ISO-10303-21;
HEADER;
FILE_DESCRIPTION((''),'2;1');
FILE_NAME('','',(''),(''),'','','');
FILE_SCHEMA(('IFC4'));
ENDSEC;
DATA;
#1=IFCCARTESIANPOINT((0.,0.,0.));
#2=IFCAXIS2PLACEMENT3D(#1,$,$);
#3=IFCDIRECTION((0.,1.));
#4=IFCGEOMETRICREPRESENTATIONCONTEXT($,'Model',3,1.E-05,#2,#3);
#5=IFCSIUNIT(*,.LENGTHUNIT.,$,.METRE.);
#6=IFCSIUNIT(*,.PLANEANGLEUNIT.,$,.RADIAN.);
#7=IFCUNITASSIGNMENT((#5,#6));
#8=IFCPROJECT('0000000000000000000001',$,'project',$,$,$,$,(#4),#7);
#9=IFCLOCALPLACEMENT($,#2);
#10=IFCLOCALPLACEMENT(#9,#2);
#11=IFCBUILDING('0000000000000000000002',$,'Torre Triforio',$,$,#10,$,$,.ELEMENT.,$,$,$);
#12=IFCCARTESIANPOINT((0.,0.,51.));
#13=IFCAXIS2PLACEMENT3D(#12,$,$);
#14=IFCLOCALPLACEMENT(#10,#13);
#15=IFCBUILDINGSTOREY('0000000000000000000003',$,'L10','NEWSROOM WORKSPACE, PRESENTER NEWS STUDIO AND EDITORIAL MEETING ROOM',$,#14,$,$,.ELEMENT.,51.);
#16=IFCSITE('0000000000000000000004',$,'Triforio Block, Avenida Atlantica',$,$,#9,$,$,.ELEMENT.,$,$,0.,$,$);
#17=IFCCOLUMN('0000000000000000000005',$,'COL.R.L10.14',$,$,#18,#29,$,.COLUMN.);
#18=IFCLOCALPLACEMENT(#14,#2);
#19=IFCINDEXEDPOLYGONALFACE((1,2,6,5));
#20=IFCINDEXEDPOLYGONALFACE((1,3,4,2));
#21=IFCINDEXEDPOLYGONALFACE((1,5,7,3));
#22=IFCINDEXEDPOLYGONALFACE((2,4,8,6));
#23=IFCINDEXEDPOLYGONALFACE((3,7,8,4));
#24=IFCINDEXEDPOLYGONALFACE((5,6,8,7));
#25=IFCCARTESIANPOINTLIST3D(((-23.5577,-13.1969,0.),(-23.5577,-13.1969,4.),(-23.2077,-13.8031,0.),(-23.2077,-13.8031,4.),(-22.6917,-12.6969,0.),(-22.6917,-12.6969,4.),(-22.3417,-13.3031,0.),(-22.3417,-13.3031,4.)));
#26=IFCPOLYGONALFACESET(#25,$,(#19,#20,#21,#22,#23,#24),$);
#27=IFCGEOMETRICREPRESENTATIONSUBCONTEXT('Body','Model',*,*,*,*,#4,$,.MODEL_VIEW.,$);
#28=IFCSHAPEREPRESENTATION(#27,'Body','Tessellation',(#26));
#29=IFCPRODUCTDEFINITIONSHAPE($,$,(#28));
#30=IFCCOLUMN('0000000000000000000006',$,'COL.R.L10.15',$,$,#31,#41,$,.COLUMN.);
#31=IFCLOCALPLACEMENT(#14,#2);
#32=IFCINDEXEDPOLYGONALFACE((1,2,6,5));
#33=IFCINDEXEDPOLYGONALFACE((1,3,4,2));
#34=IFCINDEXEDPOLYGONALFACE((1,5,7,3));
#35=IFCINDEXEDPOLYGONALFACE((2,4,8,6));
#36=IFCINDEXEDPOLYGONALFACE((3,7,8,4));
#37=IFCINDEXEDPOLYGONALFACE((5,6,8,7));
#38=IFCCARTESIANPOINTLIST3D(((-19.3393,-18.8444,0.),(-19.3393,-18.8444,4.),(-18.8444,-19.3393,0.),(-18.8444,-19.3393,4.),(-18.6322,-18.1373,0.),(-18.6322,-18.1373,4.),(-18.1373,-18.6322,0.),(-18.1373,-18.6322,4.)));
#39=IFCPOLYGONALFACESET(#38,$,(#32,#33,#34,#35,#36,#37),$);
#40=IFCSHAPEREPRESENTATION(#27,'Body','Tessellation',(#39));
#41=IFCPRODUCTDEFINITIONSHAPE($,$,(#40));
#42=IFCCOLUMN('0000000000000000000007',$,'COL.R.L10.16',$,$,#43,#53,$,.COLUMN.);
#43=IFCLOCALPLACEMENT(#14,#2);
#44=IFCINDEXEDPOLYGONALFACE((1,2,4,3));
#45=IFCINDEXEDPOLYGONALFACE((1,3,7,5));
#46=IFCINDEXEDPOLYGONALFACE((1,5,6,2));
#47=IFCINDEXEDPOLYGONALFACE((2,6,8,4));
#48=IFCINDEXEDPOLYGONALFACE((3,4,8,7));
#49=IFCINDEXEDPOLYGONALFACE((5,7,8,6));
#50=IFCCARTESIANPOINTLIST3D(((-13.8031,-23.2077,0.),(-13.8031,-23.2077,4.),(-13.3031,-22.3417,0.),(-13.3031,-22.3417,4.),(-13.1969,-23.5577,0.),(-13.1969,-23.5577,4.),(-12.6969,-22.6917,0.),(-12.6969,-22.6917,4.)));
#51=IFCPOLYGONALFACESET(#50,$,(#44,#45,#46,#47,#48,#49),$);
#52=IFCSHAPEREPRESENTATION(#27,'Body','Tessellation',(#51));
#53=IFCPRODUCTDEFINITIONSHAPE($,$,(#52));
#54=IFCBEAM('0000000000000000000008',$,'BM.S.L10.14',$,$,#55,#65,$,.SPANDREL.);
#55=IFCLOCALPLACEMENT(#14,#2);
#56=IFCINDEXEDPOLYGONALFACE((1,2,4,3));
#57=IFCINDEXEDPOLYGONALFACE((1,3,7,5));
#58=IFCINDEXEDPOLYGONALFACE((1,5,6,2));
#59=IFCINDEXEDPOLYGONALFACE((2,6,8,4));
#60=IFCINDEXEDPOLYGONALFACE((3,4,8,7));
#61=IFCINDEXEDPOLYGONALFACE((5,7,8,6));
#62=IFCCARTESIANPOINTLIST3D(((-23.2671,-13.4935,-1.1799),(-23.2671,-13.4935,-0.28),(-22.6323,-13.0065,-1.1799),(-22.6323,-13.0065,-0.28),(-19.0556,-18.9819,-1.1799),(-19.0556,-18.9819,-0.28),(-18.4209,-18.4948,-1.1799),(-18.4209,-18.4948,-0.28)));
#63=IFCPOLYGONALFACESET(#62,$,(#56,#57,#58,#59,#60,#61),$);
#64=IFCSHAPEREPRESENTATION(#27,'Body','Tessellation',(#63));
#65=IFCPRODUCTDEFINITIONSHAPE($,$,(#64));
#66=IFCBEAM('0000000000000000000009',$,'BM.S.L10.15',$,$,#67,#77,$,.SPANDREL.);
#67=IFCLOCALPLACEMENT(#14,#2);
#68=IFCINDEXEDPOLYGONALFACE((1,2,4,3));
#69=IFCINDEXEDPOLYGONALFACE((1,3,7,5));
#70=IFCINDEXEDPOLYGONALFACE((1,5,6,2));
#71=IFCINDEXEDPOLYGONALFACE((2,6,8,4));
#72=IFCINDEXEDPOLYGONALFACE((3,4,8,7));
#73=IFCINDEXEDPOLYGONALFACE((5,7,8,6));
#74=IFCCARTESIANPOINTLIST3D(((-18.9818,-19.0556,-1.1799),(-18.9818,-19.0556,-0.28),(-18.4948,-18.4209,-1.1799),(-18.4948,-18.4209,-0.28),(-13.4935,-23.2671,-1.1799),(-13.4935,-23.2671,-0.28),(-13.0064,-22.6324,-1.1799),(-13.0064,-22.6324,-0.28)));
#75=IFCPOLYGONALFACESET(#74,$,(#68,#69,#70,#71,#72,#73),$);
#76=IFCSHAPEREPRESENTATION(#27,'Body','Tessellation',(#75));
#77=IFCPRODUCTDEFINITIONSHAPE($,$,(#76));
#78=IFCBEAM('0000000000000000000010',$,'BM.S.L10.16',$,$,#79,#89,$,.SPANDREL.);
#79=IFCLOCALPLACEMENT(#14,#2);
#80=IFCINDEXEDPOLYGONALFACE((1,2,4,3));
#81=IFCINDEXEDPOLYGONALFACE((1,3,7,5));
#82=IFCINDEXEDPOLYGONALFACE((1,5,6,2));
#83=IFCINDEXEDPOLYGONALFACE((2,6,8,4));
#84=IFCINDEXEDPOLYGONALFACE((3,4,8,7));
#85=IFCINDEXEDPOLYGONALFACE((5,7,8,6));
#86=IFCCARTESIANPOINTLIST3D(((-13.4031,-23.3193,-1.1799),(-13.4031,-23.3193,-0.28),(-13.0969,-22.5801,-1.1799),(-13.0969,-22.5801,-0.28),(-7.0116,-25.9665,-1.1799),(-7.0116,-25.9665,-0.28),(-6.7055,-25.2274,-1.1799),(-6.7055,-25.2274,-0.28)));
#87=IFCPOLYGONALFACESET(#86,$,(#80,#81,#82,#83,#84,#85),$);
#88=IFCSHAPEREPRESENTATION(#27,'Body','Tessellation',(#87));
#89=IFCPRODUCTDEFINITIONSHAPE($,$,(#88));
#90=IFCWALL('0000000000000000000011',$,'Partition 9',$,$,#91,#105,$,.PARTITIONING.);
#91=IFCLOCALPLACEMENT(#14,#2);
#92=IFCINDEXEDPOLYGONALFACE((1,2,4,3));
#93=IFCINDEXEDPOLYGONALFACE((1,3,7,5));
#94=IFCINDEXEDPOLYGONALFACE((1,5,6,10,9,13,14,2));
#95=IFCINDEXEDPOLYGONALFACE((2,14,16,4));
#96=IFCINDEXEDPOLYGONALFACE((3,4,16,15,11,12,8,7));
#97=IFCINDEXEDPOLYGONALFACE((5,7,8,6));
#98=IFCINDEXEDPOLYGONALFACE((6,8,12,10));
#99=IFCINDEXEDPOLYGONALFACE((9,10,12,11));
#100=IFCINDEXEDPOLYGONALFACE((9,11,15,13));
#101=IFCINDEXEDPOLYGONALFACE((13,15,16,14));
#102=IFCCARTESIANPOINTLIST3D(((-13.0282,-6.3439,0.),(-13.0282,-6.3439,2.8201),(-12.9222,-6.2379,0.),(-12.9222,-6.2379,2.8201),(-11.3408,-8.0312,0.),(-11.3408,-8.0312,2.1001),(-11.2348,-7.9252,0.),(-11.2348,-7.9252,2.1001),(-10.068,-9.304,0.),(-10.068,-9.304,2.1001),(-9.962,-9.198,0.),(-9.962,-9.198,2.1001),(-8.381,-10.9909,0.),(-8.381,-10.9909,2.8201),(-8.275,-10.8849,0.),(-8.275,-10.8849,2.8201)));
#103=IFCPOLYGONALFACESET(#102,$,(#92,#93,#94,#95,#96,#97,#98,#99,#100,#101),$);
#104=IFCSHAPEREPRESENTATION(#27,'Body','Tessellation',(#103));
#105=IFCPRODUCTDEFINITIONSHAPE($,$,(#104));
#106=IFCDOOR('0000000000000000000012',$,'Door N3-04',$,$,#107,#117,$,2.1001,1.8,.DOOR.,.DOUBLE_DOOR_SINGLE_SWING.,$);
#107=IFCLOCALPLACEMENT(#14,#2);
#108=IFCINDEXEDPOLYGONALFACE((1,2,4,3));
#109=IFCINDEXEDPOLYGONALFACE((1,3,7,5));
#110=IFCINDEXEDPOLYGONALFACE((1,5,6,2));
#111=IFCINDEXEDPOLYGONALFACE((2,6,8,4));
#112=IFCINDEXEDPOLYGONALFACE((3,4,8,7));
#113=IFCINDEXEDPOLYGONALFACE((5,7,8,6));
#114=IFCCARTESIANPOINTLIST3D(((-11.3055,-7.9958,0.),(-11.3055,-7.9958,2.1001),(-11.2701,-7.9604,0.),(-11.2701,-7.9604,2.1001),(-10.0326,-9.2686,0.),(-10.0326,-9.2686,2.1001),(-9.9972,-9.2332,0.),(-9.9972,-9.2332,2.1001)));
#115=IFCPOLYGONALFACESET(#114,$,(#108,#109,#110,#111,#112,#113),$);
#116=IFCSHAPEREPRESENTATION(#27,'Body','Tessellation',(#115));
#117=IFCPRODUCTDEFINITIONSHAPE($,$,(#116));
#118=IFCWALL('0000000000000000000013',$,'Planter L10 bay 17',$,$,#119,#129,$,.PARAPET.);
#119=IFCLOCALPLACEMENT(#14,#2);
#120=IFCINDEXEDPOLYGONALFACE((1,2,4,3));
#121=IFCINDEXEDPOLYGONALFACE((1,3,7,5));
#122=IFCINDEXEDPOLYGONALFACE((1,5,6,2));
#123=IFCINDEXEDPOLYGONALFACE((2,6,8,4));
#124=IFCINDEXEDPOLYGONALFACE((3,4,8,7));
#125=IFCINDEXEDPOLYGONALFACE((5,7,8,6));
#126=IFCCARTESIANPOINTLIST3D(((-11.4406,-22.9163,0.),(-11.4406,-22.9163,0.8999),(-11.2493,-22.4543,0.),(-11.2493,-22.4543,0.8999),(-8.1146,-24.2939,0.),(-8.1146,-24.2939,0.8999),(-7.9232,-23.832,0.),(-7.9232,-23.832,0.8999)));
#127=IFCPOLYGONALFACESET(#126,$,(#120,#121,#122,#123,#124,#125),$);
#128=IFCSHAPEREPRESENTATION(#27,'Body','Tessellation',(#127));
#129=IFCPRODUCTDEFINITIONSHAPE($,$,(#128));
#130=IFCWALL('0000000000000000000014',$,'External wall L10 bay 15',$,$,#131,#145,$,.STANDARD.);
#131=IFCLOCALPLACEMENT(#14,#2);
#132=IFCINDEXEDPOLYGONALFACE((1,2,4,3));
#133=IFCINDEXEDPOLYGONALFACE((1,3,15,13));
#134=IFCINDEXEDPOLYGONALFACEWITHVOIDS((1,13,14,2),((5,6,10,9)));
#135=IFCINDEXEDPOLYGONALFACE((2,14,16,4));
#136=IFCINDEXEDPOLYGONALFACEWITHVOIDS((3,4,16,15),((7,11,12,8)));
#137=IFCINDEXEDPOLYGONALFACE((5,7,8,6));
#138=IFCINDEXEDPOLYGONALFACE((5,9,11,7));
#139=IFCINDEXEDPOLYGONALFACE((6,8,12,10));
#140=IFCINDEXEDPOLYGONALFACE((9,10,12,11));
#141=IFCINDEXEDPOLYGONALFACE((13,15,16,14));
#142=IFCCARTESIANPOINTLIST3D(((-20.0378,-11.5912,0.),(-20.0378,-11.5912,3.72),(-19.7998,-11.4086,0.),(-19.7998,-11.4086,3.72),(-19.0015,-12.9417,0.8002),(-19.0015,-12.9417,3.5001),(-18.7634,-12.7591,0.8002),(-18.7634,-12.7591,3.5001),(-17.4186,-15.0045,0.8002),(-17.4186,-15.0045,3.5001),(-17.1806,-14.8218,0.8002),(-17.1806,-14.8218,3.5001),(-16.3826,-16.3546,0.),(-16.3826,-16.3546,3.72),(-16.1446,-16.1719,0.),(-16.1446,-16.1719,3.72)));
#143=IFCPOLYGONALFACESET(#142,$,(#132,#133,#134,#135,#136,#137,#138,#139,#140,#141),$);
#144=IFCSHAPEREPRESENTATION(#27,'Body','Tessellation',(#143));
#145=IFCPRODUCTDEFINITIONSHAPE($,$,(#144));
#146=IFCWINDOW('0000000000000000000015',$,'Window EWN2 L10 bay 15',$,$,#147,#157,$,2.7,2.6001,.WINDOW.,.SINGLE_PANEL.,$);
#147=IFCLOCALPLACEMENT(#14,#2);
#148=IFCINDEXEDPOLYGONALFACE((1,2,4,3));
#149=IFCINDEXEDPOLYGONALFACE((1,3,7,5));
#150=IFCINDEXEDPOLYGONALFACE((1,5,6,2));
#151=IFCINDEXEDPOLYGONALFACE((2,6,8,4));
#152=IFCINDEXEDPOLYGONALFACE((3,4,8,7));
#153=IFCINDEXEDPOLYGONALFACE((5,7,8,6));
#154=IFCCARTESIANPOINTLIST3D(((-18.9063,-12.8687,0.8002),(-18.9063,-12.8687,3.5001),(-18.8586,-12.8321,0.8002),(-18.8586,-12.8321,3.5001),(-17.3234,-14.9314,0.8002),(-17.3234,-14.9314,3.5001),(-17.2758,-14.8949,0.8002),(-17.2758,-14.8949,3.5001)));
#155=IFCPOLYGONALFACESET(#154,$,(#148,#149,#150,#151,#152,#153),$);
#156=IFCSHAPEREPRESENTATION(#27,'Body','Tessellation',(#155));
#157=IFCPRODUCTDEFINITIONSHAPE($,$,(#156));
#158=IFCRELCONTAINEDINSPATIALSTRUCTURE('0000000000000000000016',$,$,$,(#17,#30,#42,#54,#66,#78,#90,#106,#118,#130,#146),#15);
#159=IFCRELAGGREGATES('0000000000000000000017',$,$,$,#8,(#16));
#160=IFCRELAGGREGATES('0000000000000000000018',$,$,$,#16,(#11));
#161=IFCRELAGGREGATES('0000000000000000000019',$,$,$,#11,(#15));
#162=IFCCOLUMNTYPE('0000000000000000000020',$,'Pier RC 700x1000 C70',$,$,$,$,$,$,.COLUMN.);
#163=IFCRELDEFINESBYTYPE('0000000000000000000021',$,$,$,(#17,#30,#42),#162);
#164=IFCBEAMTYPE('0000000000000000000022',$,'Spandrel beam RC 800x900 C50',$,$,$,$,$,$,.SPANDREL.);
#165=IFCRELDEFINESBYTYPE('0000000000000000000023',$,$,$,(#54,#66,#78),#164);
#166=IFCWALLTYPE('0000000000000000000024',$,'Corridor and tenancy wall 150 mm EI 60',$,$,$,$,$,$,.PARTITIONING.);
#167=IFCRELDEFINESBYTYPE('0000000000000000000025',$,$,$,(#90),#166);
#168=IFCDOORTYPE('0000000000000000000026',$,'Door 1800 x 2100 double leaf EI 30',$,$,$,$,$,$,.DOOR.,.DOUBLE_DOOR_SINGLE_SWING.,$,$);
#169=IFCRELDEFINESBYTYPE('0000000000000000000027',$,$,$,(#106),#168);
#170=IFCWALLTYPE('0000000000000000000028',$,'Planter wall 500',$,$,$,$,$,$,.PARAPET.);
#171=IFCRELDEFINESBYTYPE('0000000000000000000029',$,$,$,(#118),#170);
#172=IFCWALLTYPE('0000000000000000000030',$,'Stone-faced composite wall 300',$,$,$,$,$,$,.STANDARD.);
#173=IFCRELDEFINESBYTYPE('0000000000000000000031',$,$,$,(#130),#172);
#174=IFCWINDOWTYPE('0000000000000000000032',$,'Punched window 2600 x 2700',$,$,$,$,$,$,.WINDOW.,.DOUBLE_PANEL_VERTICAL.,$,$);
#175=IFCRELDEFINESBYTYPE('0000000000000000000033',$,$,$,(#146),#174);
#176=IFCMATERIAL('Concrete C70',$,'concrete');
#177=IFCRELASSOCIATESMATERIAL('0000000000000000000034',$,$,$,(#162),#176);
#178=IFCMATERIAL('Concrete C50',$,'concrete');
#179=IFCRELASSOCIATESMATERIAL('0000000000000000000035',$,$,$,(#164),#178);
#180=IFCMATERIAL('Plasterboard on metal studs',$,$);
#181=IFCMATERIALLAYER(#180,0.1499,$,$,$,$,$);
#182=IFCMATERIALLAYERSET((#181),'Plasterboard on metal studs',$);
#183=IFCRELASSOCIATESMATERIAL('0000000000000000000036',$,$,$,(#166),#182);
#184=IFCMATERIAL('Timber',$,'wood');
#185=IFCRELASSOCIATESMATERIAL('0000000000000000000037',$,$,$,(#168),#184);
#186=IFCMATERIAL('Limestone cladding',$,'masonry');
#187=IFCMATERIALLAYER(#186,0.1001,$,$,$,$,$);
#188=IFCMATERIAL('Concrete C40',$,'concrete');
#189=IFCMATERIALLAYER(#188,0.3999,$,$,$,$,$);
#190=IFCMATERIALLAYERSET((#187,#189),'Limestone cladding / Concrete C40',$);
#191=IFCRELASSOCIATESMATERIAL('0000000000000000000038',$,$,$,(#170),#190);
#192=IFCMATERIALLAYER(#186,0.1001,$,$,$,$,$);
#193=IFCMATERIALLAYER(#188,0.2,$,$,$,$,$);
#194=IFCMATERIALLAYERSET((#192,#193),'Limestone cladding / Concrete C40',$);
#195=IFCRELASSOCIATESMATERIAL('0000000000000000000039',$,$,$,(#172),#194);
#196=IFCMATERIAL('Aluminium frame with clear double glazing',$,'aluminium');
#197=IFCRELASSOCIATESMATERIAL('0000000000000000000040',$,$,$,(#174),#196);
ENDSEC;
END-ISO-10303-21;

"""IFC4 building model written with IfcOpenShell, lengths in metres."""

from ifc_helpers import new_model, si_unit, direction, frame, frame_2d, origin, origin_2d, place, context, subcontext, project, spatial, rectangle, extrude, material, layer, layer_set, material_profile, profile_set, type_object, element, fill, save


model = new_model("IFC4")

# Units and contexts
model_context = context("Model", 3, precision=1e-05, world=origin(), true_north=direction((0.0, 1.0)))
body_context = subcontext(model_context, "Body", "Model", "MODEL_VIEW")
ifc_project = project(units=[si_unit("LENGTHUNIT", "METRE"), si_unit("PLANEANGLEUNIT", "RADIAN")], contexts=[model_context])

# Site, building, storey
site_placement = place(None, origin())
site = spatial("IfcSite", under=ifc_project, at=site_placement, Name="Triforio Block, Avenida Atlantica", CompositionType="ELEMENT", RefElevation=0.0)
building_placement = place(site_placement, origin())
building = spatial("IfcBuilding", under=site, at=building_placement, Name="Torre Triforio", CompositionType="ELEMENT")
storey_placement = place(building_placement, frame((0.0, 0.0, 51.0)))
storey = spatial("IfcBuildingStorey", under=building, at=storey_placement, Name="L10", Description="NEWSROOM WORKSPACE, PRESENTER NEWS STUDIO AND EDITORIAL MEETING ROOM", CompositionType="ELEMENT", Elevation=51.0)

# Columns
ifc_material_1 = material(Name="Concrete C70", Category="concrete")
ifc_material_profile_1 = material_profile(ifc_material_1, rectangle(XDim=0.7, YDim=1.0, at=origin_2d()), Name="RC 700x1000")
ifc_profile_set_1 = profile_set([ifc_material_profile_1], Name="Concrete C70")
column_type = type_object("IfcColumnType", Name="Pier RC 700x1000 C70", PredefinedType="COLUMN", material=ifc_profile_set_1)
for number, where, z_axis, x_axis, name in (
    (1, (-22.9497, -13.25, 0.0), (0.0, 0.0, 1.0), (0.5, -0.866025, 0.0), "COL.R.L10.14"),
    (2, (-18.7383, -18.7383, 0.0), (0.0, 0.0, 1.0), (0.707107, -0.707107, 0.0), "COL.R.L10.15"),
    (3, (-13.25, -22.9497, 0.0), (0.0, 0.0, 1.0), (0.866025, -0.5, 0.0), "COL.R.L10.16"),
):
    element("IfcColumn", number, at=place(storey_placement, frame(where, z_axis=z_axis, x_axis=x_axis)), inside=storey, type_object=column_type, Name=name, PredefinedType="COLUMN", context=body_context, shape_type="SweptSolid", body=[
        extrude(rectangle(XDim=0.7, YDim=1.0, at=origin_2d()), origin(), (0.0, 0.0, 1.0), 4.0),
    ])

# Beams
ifc_material_2 = material(Name="Concrete C50", Category="concrete")
ifc_material_profile_2 = material_profile(ifc_material_2, rectangle(XDim=0.8, YDim=0.8999, at=origin_2d()), Name="RC 800x900")
ifc_profile_set_2 = profile_set([ifc_material_profile_2], Name="Concrete C50")
beam_type = type_object("IfcBeamType", Name="Spandrel beam RC 800x900 C50", PredefinedType="SPANDREL", material=ifc_profile_set_2)
for number, where, z_axis, x_axis, name in (
    (4, (-22.9497, -13.25, -0.73), (0.608772, -0.793345, 0.0), (0.793345, 0.608772, 0.0), "BM.S.L10.14"),
    (5, (-18.7383, -18.7383, -0.73), (0.793345, -0.608772, 0.0), (0.608772, 0.793345, 0.0), "BM.S.L10.15"),
    (6, (-13.25, -22.9497, -0.73), (0.923888, -0.382662, 0.0), (0.382662, 0.923888, 0.0), "BM.S.L10.16"),
):
    element("IfcBeam", number, at=place(storey_placement, frame(where, z_axis=z_axis, x_axis=x_axis)), inside=storey, type_object=beam_type, Name=name, PredefinedType="SPANDREL", context=body_context, shape_type="SweptSolid", body=[
        extrude(rectangle(XDim=0.8, YDim=0.8999, at=origin_2d()), origin(), (0.0, 0.0, 1.0), 6.918),
    ])

# Wall, opening, door
ifc_material_3 = material(Name="Plasterboard on metal studs")
ifc_layer_1 = layer(ifc_material_3, 0.1499)
ifc_layer_set_1 = layer_set([ifc_layer_1], Name="Plasterboard on metal studs")
wall_type_1 = type_object("IfcWallType", Name="Corridor and tenancy wall 150 mm EI 60", PredefinedType="PARTITIONING", material=ifc_layer_set_1)
wall_1_placement = place(storey_placement, frame((-8.3279, -10.938, 0.0), z_axis=(0.0, 0.0, 1.0), x_axis=(-0.707125, 0.707088, 0.0)))
wall_1 = element("IfcWall", 7, at=wall_1_placement, inside=storey, type_object=wall_type_1, Name="Partition 9", PredefinedType="PARTITIONING", context=body_context, shape_type="SweptSolid", body=[
    extrude(rectangle(XDim=6.572, YDim=0.1499, at=frame_2d((3.2861, 0.0))), origin(), (0.0, 0.0, 1.0), 2.8201),
])
opening_1_placement = place(wall_1_placement, frame((2.386, 0.0, 0.0)))
opening_1 = element("IfcOpeningElement", 8, at=opening_1_placement, cuts=wall_1, PredefinedType="OPENING", context=body_context, shape_type="SweptSolid", body=[
    extrude(rectangle(XDim=1.8, YDim=2.1001, at=frame_2d((0.8999, 1.05))), frame((0.0, 0.085, 0.0), z_axis=(0.0, -1.0, 0.0), x_axis=(1.0, 0.0, 0.0)), (0.0, 0.0, 1.0), 0.1699),
])
ifc_material_4 = material(Name="Timber", Category="wood")
door_type_1 = type_object("IfcDoorType", Name="Door 1800 x 2100 double leaf EI 30", OperationType="DOUBLE_DOOR_SINGLE_SWING", PredefinedType="DOOR", material=ifc_material_4)
door_1_placement = place(opening_1_placement, origin())
door_1 = element("IfcDoor", 9, at=door_1_placement, inside=storey, type_object=door_type_1, Name="Door N3-04", OperationType="DOUBLE_DOOR_SINGLE_SWING", OverallHeight=2.1001, OverallWidth=1.8, PredefinedType="DOOR", context=body_context, shape_type="SweptSolid", body=[
    extrude(rectangle(XDim=1.8, YDim=2.1001, at=frame_2d((0.8999, 1.05))), frame((0.0, 0.0249, 0.0), z_axis=(0.0, -1.0, 0.0), x_axis=(1.0, 0.0, 0.0)), (0.0, 0.0, 1.0), 0.05),
])
fill(opening_1, door_1)

# Wall
ifc_material_5 = material(Name="Limestone cladding", Category="masonry")
ifc_layer_2 = layer(ifc_material_5, 0.1001)
ifc_material_6 = material(Name="Concrete C40", Category="concrete")
ifc_layer_3 = layer(ifc_material_6, 0.3999)
ifc_layer_set_2 = layer_set([ifc_layer_2, ifc_layer_3], Name="Limestone cladding / Concrete C40")
wall_type_2 = type_object("IfcWallType", Name="Planter wall 500", PredefinedType="PARAPET", material=ifc_layer_set_2)
wall_2_placement = place(storey_placement, frame((-11.345, -22.6853, 0.0), z_axis=(0.0, 0.0, 1.0), x_axis=(0.923885, -0.382669, 0.0)))
element("IfcWall", 10, at=wall_2_placement, inside=storey, type_object=wall_type_2, Name="Planter L10 bay 17", PredefinedType="PARAPET", context=body_context, shape_type="SweptSolid", body=[
    extrude(rectangle(XDim=3.6001, YDim=0.5, at=frame_2d((1.8, 0.0))), origin(), (0.0, 0.0, 1.0), 0.8999),
])

# Wall, opening, window
ifc_layer_4 = layer(ifc_material_5, 0.1001)
ifc_layer_5 = layer(ifc_material_6, 0.2)
ifc_layer_set_3 = layer_set([ifc_layer_4, ifc_layer_5], Name="Limestone cladding / Concrete C40")
wall_type_3 = type_object("IfcWallType", Name="Stone-faced composite wall 300", PredefinedType="STANDARD", material=ifc_layer_set_3)
wall_3_placement = place(storey_placement, frame((-19.9187, -11.5, 0.0), z_axis=(0.0, 0.0, 1.0), x_axis=(0.608779, -0.79334, 0.0)))
wall_3 = element("IfcWall", 11, at=wall_3_placement, inside=storey, type_object=wall_type_3, Name="External wall L10 bay 15", PredefinedType="STANDARD", context=body_context, shape_type="SweptSolid", body=[
    extrude(rectangle(XDim=6.0042, YDim=0.3, at=frame_2d((3.002, 0.0))), origin(), (0.0, 0.0, 1.0), 3.72),
])
opening_2_placement = place(wall_3_placement, frame((1.7021, 0.0, 0.8)))
opening_2 = element("IfcOpeningElement", 12, at=opening_2_placement, cuts=wall_3, PredefinedType="OPENING", context=body_context, shape_type="SweptSolid", body=[
    extrude(rectangle(XDim=2.6001, YDim=2.7, at=frame_2d((1.3, 1.3501))), frame((0.0, 0.1599, 0.0), z_axis=(0.0, -1.0, 0.0), x_axis=(1.0, 0.0, 0.0)), (0.0, 0.0, 1.0), 0.3201),
])
ifc_material_7 = material(Name="Aluminium frame with clear double glazing", Category="aluminium")
window_type_1 = type_object("IfcWindowType", Name="Punched window 2600 x 2700", PartitioningType="DOUBLE_PANEL_VERTICAL", PredefinedType="WINDOW", material=ifc_material_7)
window_1_placement = place(opening_2_placement, origin())
window_1 = element("IfcWindow", 13, at=window_1_placement, inside=storey, type_object=window_type_1, Name="Window EWN2 L10 bay 15", OverallHeight=2.7, OverallWidth=2.6001, PartitioningType="SINGLE_PANEL", PredefinedType="WINDOW", context=body_context, shape_type="SweptSolid", body=[
    extrude(rectangle(XDim=2.6001, YDim=2.7, at=frame_2d((1.3, 1.3501))), frame((0.0, 0.03, 0.0), z_axis=(0.0, -1.0, 0.0), x_axis=(1.0, 0.0, 0.0)), (0.0, 0.0, 1.0), 0.0601),
])
fill(opening_2, window_1)

save(model, "model.ifc")
